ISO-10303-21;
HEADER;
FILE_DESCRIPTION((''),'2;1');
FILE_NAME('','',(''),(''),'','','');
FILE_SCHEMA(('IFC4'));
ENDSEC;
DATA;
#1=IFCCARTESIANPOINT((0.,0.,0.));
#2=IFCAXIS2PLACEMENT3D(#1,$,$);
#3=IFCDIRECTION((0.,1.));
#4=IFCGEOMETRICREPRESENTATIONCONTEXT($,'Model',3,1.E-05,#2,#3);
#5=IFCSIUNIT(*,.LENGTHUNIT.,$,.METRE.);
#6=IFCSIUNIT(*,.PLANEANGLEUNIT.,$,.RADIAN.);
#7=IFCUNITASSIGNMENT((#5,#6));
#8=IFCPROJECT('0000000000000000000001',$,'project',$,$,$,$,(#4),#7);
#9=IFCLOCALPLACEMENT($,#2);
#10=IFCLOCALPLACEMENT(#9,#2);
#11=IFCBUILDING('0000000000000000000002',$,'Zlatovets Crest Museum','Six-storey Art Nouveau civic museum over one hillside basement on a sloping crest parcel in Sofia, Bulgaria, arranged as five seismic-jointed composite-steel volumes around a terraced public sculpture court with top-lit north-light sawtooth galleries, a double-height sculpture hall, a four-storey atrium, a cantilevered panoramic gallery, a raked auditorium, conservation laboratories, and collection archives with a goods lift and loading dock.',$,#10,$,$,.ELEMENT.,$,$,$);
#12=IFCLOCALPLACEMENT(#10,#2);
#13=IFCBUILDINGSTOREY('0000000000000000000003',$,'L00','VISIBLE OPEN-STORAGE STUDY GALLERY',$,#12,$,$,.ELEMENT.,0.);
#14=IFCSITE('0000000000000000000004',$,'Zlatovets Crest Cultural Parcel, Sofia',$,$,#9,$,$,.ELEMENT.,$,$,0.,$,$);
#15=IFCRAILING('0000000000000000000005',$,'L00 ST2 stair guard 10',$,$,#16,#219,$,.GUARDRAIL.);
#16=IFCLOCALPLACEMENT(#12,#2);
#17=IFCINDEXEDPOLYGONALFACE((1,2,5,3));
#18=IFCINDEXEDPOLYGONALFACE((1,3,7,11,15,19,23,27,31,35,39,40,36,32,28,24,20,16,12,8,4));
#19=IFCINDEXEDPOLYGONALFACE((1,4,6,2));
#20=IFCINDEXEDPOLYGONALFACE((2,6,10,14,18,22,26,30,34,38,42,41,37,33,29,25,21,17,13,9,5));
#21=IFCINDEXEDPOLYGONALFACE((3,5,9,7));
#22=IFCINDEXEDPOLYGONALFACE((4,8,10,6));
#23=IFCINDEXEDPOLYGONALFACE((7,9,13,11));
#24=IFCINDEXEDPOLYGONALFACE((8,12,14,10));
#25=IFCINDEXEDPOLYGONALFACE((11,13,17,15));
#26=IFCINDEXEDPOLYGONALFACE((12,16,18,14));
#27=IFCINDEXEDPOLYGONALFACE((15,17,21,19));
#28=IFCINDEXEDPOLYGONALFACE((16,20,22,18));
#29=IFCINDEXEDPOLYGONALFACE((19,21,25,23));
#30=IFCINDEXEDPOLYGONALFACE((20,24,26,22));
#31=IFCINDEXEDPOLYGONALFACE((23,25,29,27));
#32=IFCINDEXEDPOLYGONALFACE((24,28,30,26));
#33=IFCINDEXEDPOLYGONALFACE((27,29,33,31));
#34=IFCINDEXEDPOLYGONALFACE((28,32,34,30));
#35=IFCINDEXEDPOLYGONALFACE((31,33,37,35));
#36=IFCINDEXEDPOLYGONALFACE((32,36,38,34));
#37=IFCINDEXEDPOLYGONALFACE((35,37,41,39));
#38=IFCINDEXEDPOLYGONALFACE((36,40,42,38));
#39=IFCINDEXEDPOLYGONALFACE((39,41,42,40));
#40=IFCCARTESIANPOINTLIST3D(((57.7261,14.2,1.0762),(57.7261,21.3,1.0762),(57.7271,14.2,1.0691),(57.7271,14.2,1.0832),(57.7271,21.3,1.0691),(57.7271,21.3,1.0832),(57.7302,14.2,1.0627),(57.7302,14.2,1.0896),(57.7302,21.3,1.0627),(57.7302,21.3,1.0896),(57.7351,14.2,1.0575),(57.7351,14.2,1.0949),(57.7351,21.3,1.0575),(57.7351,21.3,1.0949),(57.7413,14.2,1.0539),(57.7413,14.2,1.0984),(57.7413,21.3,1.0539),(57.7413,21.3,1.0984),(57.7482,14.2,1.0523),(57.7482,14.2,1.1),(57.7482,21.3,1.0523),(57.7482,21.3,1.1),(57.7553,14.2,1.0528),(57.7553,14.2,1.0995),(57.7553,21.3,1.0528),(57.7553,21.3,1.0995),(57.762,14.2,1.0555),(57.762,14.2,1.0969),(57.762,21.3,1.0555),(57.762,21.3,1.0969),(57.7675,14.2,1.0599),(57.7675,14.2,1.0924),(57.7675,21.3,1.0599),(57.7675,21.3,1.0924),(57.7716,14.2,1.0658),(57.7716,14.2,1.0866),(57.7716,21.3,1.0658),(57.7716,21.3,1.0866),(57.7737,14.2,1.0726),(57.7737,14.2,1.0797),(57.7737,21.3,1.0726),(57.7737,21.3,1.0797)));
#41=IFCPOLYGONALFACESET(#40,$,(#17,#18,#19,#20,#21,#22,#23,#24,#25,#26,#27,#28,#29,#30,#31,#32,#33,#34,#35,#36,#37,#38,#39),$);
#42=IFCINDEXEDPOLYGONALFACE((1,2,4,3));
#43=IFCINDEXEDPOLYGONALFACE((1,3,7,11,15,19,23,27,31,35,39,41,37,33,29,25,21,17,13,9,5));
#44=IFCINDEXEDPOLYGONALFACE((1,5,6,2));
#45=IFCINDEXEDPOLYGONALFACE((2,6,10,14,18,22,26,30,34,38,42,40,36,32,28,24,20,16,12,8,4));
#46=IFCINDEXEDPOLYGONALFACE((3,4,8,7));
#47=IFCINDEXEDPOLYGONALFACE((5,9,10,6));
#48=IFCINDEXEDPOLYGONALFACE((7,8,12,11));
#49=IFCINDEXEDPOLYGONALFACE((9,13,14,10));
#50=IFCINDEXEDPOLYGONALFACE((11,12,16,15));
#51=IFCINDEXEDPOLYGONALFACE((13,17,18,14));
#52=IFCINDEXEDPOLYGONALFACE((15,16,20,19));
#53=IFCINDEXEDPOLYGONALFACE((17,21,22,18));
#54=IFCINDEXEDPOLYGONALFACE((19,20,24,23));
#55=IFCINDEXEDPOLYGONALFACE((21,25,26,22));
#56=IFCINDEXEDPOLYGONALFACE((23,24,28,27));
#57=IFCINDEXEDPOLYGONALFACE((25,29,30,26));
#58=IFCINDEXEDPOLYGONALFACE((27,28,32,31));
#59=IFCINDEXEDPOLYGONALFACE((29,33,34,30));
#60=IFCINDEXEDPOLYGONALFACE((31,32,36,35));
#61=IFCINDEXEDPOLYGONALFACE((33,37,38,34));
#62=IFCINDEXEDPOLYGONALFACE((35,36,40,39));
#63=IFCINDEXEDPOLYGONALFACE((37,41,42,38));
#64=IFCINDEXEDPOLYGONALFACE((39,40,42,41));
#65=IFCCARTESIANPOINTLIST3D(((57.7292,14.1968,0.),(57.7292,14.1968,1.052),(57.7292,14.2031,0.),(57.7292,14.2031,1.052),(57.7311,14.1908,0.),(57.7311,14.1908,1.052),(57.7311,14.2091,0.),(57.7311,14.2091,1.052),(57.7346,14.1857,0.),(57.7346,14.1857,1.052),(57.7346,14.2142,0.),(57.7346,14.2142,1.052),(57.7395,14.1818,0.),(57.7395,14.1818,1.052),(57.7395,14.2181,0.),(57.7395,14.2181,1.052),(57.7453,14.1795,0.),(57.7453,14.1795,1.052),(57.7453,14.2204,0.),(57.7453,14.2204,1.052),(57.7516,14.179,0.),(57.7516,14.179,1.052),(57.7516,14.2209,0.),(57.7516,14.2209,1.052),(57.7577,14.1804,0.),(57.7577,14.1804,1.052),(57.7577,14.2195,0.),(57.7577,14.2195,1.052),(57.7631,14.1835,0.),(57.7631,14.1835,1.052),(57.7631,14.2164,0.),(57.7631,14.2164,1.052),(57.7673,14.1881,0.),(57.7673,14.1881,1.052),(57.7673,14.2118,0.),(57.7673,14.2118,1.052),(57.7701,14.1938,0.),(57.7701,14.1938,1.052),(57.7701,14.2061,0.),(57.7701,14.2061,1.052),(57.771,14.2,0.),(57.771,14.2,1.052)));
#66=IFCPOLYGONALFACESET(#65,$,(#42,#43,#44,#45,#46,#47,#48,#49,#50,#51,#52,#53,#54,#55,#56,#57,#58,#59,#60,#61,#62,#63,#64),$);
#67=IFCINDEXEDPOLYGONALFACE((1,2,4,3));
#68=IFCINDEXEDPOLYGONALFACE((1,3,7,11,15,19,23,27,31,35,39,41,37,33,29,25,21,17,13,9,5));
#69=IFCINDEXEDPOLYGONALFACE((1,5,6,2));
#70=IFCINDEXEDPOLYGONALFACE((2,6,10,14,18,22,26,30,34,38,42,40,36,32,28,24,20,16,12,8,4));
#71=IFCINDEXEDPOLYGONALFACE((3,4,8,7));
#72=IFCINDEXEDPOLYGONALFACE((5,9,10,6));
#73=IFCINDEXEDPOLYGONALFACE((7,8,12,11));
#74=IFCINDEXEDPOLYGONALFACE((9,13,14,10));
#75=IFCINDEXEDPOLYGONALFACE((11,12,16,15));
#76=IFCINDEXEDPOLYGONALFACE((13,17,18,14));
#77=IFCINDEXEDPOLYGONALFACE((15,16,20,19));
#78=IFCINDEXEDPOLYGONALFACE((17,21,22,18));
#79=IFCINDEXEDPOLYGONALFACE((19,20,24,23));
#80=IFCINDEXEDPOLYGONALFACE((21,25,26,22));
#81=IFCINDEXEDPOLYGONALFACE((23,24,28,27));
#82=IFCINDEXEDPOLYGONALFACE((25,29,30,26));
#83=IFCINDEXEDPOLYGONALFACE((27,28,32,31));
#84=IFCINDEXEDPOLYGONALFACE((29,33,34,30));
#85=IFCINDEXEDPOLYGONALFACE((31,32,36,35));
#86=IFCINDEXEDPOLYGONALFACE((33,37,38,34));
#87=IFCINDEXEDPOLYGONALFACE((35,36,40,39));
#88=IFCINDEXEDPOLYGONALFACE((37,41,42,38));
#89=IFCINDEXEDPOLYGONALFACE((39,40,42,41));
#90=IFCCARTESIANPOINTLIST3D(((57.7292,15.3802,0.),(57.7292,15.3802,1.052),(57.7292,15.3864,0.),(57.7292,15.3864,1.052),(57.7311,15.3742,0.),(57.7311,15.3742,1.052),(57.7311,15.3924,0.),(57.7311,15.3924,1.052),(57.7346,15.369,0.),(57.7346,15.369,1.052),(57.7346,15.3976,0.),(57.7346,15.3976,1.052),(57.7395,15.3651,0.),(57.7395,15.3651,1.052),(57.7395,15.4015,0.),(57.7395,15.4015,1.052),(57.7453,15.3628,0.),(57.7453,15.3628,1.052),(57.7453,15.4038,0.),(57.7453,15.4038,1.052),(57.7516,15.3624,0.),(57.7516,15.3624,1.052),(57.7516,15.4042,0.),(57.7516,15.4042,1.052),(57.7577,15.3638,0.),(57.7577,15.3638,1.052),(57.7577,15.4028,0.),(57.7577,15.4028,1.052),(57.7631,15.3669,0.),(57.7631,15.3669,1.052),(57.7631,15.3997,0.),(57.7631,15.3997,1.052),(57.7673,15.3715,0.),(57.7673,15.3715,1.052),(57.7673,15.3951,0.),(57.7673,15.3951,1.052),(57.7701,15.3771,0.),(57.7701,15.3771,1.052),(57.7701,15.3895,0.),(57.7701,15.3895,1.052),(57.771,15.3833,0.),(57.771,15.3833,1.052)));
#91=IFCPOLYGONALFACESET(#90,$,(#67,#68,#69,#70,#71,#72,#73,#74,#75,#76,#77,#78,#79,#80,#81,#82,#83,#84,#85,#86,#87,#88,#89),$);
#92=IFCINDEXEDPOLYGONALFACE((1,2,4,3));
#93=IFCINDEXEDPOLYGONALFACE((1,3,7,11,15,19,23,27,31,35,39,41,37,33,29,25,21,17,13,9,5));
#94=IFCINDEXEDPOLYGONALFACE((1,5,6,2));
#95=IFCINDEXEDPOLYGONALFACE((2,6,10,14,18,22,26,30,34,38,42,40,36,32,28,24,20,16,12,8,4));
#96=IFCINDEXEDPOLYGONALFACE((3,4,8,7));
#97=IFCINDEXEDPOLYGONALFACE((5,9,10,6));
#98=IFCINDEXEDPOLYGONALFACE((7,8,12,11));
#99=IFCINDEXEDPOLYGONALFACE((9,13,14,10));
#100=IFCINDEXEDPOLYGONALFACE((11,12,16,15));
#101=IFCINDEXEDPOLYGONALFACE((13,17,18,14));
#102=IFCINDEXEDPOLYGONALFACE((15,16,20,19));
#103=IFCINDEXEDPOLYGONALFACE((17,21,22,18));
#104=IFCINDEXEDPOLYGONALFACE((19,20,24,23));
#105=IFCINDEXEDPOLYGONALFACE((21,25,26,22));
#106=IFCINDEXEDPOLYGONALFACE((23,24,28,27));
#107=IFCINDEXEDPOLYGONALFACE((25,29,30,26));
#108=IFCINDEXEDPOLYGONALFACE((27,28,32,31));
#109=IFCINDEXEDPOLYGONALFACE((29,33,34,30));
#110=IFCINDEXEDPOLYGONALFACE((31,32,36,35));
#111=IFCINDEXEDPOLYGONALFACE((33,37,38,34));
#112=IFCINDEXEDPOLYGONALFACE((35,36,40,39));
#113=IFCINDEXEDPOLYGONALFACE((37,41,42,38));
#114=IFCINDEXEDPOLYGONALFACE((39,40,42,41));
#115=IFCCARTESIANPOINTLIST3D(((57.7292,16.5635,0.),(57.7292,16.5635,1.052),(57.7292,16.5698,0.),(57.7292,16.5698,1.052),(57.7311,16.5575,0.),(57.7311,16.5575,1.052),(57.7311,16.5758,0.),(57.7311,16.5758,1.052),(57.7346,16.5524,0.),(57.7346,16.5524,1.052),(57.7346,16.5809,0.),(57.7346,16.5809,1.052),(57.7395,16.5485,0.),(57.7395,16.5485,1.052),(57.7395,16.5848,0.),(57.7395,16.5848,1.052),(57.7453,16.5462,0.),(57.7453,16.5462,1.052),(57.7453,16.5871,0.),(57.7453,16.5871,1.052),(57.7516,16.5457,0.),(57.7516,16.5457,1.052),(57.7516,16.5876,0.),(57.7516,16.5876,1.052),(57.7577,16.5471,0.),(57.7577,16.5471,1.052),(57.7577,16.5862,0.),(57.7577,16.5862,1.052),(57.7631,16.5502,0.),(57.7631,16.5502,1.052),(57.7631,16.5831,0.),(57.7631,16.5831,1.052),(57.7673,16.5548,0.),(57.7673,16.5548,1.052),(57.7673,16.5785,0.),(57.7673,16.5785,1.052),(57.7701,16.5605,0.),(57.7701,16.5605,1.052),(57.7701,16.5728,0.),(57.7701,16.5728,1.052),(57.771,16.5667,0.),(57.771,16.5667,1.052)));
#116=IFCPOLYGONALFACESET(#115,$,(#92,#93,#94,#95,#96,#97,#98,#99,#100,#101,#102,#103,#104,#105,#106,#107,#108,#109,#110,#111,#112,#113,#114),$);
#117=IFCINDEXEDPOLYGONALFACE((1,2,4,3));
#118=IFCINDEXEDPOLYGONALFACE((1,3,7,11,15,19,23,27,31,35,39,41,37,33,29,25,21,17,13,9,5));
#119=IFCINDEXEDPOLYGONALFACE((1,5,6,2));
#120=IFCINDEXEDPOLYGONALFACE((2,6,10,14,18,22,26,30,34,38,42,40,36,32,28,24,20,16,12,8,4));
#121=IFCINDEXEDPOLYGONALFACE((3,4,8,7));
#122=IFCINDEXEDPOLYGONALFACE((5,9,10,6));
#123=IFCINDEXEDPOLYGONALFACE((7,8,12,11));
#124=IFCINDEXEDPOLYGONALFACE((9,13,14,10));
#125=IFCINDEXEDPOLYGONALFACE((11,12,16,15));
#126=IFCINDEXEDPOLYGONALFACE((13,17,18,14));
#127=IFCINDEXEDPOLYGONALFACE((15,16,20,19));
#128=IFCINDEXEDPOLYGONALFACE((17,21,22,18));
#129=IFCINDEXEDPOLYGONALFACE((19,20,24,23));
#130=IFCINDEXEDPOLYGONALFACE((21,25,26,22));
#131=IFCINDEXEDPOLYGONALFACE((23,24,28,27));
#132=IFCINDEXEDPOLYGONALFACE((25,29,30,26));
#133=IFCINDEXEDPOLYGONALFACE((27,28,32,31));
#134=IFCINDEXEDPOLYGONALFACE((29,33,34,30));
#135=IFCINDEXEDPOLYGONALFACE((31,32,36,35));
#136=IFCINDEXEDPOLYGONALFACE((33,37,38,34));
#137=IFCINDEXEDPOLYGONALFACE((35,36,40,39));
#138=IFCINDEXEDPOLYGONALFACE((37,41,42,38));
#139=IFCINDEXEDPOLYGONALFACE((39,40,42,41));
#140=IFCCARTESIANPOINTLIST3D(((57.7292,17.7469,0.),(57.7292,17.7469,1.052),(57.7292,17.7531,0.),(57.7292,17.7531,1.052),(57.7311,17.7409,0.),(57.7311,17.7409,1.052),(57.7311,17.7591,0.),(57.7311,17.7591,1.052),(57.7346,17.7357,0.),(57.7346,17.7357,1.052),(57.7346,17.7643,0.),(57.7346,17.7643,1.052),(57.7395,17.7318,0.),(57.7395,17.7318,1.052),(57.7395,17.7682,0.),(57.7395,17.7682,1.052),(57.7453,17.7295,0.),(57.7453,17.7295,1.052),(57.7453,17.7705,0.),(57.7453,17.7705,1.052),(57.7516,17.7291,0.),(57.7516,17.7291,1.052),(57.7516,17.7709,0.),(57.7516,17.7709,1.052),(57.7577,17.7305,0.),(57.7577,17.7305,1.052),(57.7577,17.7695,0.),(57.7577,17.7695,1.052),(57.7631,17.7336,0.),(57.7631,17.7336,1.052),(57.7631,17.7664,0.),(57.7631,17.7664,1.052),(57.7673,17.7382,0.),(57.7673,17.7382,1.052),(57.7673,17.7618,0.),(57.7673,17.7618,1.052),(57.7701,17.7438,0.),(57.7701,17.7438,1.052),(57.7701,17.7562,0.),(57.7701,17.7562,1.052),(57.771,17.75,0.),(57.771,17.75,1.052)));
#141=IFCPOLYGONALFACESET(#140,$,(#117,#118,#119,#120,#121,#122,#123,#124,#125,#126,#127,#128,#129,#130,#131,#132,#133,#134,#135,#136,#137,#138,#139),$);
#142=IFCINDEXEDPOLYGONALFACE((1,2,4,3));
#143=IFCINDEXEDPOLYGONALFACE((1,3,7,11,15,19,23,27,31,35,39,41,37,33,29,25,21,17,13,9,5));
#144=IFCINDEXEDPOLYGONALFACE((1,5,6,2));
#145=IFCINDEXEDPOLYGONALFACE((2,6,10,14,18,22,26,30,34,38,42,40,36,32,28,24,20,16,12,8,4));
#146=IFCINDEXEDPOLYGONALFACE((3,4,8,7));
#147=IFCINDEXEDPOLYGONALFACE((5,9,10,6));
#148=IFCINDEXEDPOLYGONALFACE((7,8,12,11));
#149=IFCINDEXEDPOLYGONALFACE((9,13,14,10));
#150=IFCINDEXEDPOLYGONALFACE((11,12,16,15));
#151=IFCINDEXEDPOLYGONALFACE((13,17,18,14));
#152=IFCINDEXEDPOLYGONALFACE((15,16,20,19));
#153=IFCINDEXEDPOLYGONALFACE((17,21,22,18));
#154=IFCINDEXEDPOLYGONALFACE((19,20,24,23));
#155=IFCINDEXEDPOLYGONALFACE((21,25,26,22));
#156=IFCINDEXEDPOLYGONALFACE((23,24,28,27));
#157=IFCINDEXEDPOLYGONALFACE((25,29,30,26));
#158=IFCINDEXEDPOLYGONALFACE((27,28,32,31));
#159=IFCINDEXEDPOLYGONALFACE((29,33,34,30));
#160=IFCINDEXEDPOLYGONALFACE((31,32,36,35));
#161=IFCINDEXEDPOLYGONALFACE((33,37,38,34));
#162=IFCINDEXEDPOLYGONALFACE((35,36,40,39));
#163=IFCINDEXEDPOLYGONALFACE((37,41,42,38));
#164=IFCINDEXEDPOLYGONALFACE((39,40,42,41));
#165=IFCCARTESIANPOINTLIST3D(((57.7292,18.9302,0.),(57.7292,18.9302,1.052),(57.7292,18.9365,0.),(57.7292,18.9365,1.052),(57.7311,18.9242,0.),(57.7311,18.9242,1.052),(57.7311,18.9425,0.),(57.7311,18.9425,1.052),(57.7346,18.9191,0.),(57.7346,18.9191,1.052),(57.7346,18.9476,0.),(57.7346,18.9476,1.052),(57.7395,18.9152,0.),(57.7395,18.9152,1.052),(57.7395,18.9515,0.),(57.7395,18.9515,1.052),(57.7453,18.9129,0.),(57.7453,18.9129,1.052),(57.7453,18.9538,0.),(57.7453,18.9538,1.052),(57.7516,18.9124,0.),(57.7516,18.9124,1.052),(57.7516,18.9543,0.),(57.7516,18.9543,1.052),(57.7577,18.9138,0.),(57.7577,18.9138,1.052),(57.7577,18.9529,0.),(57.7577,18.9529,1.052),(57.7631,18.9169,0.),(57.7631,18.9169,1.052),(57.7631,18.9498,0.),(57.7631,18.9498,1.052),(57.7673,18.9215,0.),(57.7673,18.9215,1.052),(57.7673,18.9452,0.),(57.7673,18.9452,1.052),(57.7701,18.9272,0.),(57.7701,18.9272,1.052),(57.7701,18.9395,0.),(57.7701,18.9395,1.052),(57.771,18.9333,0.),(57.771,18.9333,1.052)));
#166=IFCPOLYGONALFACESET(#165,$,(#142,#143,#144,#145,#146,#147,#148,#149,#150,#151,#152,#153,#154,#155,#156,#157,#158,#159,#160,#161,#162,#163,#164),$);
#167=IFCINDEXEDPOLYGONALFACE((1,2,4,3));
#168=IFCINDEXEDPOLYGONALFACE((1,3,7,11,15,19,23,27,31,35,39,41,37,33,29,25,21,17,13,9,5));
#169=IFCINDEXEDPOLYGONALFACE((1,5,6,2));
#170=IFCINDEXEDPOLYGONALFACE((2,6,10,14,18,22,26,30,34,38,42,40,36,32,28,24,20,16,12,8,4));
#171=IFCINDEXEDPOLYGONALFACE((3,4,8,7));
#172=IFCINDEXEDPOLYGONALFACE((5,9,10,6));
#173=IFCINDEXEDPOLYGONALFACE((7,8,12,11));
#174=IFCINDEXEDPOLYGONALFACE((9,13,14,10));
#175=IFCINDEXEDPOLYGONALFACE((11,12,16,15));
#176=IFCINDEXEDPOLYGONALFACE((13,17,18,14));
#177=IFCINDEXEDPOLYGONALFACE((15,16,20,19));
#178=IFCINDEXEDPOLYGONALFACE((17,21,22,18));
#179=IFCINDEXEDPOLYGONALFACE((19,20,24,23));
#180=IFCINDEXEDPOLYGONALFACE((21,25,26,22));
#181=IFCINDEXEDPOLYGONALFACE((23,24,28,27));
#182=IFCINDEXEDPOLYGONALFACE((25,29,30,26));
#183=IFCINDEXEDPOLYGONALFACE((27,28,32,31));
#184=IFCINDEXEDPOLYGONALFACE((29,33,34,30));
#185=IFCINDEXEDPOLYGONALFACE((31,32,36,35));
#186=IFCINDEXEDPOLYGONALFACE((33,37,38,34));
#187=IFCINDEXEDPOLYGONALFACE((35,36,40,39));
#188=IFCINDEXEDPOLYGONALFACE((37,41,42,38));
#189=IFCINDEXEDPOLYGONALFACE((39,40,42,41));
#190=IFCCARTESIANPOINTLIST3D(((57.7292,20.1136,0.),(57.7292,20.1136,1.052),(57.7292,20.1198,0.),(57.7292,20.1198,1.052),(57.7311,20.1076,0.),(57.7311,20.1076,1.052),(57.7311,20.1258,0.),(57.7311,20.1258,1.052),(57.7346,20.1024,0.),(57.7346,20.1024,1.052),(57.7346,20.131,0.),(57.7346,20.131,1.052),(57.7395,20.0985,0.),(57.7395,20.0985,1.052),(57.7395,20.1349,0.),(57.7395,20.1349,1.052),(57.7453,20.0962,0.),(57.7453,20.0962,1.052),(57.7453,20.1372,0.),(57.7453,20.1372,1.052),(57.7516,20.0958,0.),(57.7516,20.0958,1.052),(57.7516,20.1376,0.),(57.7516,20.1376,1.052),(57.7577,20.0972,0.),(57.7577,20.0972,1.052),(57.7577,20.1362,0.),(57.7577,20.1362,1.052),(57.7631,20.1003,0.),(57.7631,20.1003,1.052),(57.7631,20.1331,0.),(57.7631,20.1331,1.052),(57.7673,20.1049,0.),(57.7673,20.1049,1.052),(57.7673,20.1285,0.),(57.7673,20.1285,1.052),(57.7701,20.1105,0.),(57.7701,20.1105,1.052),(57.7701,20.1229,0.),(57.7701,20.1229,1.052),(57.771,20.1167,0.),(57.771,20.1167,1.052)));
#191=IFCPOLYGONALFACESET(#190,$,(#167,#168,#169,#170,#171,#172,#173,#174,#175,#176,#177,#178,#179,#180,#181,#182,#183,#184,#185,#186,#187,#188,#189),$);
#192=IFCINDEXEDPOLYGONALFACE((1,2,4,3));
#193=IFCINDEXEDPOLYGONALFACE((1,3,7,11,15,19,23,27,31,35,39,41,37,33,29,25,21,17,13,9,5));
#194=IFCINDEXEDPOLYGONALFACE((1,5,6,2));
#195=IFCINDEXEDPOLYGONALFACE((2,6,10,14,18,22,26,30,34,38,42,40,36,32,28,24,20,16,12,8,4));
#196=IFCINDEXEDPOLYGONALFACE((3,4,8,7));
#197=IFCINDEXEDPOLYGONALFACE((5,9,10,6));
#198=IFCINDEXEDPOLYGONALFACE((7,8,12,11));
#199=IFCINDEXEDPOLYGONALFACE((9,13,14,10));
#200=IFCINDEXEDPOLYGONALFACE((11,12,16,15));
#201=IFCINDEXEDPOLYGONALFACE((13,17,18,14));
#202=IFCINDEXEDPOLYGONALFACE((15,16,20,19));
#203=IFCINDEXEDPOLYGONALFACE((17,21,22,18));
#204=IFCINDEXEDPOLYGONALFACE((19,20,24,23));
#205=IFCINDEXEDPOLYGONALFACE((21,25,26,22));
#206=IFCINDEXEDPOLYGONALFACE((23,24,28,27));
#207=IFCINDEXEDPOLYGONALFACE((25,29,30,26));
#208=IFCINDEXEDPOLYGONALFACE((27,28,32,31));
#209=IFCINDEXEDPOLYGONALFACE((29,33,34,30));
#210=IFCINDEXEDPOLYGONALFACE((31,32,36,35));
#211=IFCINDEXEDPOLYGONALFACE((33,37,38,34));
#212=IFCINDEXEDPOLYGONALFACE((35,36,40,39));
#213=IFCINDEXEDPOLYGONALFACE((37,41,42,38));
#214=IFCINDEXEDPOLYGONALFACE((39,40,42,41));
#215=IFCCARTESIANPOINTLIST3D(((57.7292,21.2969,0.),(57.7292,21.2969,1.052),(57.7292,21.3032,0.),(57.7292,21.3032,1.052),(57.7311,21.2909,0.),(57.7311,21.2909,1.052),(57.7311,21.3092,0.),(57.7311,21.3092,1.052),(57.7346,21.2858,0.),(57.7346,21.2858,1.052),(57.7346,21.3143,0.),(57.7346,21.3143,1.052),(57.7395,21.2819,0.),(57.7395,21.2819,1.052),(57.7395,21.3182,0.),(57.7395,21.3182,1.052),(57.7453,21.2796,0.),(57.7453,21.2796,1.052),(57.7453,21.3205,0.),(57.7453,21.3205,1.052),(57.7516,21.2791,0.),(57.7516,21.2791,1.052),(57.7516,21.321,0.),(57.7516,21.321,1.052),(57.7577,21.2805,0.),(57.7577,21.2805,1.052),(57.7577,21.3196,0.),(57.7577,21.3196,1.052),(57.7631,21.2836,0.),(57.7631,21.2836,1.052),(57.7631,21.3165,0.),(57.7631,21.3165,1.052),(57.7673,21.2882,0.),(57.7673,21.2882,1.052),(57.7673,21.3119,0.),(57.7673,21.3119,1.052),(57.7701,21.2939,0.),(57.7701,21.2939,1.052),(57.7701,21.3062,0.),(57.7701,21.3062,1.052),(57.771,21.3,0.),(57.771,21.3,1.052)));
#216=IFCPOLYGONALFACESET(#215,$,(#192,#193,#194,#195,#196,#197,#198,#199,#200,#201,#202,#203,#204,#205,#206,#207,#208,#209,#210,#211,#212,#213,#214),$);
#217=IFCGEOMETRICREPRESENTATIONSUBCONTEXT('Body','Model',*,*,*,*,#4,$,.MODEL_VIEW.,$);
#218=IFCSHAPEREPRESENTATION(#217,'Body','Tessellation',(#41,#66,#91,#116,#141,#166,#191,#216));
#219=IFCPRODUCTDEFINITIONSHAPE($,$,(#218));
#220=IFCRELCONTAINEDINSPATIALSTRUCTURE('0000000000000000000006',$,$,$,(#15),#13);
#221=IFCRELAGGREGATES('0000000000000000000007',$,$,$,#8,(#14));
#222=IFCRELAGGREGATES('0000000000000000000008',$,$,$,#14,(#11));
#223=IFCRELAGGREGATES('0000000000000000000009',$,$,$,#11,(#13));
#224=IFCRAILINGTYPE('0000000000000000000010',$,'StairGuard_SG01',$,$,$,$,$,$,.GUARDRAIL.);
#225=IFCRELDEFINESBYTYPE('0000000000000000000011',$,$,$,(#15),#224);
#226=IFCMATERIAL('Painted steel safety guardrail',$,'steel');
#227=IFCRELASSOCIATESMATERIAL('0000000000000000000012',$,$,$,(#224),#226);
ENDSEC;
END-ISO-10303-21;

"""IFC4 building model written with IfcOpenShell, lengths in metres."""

from ifc_helpers import new_model, si_unit, direction, frame, origin, origin_2d, place, context, subcontext, project, spatial, circle, extrude, material, type_object, element, save


model = new_model("IFC4")

# Units and contexts
model_context = context("Model", 3, precision=1e-05, world=origin(), true_north=direction((0.0, 1.0)))
body_context = subcontext(model_context, "Body", "Model", "MODEL_VIEW")
ifc_project = project(units=[si_unit("LENGTHUNIT", "METRE"), si_unit("PLANEANGLEUNIT", "RADIAN")], contexts=[model_context])

# Site, building, storey
site_placement = place(None, origin())
site = spatial("IfcSite", under=ifc_project, at=site_placement, Name="Zlatovets Crest Cultural Parcel, Sofia", CompositionType="ELEMENT", RefElevation=0.0)
building_placement = place(site_placement, origin())
building = spatial("IfcBuilding", under=site, at=building_placement, Name="Zlatovets Crest Museum", Description="Six-storey Art Nouveau civic museum over one hillside basement on a sloping crest parcel in Sofia, Bulgaria, arranged as five seismic-jointed composite-steel volumes around a terraced public sculpture court with top-lit north-light sawtooth galleries, a double-height sculpture hall, a four-storey atrium, a cantilevered panoramic gallery, a raked auditorium, conservation laboratories, and collection archives with a goods lift and loading dock.", CompositionType="ELEMENT")
storey_placement = place(building_placement, origin())
storey = spatial("IfcBuildingStorey", under=building, at=storey_placement, Name="L00", Description="VISIBLE OPEN-STORAGE STUDY GALLERY", CompositionType="ELEMENT", Elevation=0.0)

# Railing
ifc_material_1 = material(Name="Painted steel safety guardrail", Category="steel")
railing_type = type_object("IfcRailingType", Name="StairGuard_SG01", PredefinedType="GUARDRAIL", material=ifc_material_1)
for number, where, name in (
    (1, (57.75, 14.2, 0.0), "L00 ST2 stair guard 10"),
):
    element("IfcRailing", number, at=place(storey_placement, frame(where)), inside=storey, type_object=railing_type, Name=name, PredefinedType="GUARDRAIL", context=body_context, shape_type="SweptSolid", body=[
        extrude(circle(Radius=0.0239, at=origin_2d()), frame((0.0, 0.0, 1.0762), z_axis=(0.0, 1.0, 0.0), x_axis=(-1.0, 0.0, 0.0)), (0.0, 0.0, 1.0), 7.1001),
        extrude(circle(Radius=0.021, at=origin_2d()), origin(), (0.0, 0.0, 1.0), 1.052),
        extrude(circle(Radius=0.021, at=origin_2d()), frame((0.0, 1.1833, 0.0)), (0.0, 0.0, 1.0), 1.052),
        extrude(circle(Radius=0.021, at=origin_2d()), frame((0.0, 2.3667, 0.0)), (0.0, 0.0, 1.0), 1.052),
        extrude(circle(Radius=0.021, at=origin_2d()), frame((0.0, 3.55, 0.0)), (0.0, 0.0, 1.0), 1.052),
        extrude(circle(Radius=0.021, at=origin_2d()), frame((0.0, 4.7334, 0.0)), (0.0, 0.0, 1.0), 1.052),
        extrude(circle(Radius=0.021, at=origin_2d()), frame((0.0, 5.9167, 0.0)), (0.0, 0.0, 1.0), 1.052),
        extrude(circle(Radius=0.021, at=origin_2d()), frame((0.0, 7.1001, 0.0)), (0.0, 0.0, 1.0), 1.052),
    ])

save(model, "model.ifc")
